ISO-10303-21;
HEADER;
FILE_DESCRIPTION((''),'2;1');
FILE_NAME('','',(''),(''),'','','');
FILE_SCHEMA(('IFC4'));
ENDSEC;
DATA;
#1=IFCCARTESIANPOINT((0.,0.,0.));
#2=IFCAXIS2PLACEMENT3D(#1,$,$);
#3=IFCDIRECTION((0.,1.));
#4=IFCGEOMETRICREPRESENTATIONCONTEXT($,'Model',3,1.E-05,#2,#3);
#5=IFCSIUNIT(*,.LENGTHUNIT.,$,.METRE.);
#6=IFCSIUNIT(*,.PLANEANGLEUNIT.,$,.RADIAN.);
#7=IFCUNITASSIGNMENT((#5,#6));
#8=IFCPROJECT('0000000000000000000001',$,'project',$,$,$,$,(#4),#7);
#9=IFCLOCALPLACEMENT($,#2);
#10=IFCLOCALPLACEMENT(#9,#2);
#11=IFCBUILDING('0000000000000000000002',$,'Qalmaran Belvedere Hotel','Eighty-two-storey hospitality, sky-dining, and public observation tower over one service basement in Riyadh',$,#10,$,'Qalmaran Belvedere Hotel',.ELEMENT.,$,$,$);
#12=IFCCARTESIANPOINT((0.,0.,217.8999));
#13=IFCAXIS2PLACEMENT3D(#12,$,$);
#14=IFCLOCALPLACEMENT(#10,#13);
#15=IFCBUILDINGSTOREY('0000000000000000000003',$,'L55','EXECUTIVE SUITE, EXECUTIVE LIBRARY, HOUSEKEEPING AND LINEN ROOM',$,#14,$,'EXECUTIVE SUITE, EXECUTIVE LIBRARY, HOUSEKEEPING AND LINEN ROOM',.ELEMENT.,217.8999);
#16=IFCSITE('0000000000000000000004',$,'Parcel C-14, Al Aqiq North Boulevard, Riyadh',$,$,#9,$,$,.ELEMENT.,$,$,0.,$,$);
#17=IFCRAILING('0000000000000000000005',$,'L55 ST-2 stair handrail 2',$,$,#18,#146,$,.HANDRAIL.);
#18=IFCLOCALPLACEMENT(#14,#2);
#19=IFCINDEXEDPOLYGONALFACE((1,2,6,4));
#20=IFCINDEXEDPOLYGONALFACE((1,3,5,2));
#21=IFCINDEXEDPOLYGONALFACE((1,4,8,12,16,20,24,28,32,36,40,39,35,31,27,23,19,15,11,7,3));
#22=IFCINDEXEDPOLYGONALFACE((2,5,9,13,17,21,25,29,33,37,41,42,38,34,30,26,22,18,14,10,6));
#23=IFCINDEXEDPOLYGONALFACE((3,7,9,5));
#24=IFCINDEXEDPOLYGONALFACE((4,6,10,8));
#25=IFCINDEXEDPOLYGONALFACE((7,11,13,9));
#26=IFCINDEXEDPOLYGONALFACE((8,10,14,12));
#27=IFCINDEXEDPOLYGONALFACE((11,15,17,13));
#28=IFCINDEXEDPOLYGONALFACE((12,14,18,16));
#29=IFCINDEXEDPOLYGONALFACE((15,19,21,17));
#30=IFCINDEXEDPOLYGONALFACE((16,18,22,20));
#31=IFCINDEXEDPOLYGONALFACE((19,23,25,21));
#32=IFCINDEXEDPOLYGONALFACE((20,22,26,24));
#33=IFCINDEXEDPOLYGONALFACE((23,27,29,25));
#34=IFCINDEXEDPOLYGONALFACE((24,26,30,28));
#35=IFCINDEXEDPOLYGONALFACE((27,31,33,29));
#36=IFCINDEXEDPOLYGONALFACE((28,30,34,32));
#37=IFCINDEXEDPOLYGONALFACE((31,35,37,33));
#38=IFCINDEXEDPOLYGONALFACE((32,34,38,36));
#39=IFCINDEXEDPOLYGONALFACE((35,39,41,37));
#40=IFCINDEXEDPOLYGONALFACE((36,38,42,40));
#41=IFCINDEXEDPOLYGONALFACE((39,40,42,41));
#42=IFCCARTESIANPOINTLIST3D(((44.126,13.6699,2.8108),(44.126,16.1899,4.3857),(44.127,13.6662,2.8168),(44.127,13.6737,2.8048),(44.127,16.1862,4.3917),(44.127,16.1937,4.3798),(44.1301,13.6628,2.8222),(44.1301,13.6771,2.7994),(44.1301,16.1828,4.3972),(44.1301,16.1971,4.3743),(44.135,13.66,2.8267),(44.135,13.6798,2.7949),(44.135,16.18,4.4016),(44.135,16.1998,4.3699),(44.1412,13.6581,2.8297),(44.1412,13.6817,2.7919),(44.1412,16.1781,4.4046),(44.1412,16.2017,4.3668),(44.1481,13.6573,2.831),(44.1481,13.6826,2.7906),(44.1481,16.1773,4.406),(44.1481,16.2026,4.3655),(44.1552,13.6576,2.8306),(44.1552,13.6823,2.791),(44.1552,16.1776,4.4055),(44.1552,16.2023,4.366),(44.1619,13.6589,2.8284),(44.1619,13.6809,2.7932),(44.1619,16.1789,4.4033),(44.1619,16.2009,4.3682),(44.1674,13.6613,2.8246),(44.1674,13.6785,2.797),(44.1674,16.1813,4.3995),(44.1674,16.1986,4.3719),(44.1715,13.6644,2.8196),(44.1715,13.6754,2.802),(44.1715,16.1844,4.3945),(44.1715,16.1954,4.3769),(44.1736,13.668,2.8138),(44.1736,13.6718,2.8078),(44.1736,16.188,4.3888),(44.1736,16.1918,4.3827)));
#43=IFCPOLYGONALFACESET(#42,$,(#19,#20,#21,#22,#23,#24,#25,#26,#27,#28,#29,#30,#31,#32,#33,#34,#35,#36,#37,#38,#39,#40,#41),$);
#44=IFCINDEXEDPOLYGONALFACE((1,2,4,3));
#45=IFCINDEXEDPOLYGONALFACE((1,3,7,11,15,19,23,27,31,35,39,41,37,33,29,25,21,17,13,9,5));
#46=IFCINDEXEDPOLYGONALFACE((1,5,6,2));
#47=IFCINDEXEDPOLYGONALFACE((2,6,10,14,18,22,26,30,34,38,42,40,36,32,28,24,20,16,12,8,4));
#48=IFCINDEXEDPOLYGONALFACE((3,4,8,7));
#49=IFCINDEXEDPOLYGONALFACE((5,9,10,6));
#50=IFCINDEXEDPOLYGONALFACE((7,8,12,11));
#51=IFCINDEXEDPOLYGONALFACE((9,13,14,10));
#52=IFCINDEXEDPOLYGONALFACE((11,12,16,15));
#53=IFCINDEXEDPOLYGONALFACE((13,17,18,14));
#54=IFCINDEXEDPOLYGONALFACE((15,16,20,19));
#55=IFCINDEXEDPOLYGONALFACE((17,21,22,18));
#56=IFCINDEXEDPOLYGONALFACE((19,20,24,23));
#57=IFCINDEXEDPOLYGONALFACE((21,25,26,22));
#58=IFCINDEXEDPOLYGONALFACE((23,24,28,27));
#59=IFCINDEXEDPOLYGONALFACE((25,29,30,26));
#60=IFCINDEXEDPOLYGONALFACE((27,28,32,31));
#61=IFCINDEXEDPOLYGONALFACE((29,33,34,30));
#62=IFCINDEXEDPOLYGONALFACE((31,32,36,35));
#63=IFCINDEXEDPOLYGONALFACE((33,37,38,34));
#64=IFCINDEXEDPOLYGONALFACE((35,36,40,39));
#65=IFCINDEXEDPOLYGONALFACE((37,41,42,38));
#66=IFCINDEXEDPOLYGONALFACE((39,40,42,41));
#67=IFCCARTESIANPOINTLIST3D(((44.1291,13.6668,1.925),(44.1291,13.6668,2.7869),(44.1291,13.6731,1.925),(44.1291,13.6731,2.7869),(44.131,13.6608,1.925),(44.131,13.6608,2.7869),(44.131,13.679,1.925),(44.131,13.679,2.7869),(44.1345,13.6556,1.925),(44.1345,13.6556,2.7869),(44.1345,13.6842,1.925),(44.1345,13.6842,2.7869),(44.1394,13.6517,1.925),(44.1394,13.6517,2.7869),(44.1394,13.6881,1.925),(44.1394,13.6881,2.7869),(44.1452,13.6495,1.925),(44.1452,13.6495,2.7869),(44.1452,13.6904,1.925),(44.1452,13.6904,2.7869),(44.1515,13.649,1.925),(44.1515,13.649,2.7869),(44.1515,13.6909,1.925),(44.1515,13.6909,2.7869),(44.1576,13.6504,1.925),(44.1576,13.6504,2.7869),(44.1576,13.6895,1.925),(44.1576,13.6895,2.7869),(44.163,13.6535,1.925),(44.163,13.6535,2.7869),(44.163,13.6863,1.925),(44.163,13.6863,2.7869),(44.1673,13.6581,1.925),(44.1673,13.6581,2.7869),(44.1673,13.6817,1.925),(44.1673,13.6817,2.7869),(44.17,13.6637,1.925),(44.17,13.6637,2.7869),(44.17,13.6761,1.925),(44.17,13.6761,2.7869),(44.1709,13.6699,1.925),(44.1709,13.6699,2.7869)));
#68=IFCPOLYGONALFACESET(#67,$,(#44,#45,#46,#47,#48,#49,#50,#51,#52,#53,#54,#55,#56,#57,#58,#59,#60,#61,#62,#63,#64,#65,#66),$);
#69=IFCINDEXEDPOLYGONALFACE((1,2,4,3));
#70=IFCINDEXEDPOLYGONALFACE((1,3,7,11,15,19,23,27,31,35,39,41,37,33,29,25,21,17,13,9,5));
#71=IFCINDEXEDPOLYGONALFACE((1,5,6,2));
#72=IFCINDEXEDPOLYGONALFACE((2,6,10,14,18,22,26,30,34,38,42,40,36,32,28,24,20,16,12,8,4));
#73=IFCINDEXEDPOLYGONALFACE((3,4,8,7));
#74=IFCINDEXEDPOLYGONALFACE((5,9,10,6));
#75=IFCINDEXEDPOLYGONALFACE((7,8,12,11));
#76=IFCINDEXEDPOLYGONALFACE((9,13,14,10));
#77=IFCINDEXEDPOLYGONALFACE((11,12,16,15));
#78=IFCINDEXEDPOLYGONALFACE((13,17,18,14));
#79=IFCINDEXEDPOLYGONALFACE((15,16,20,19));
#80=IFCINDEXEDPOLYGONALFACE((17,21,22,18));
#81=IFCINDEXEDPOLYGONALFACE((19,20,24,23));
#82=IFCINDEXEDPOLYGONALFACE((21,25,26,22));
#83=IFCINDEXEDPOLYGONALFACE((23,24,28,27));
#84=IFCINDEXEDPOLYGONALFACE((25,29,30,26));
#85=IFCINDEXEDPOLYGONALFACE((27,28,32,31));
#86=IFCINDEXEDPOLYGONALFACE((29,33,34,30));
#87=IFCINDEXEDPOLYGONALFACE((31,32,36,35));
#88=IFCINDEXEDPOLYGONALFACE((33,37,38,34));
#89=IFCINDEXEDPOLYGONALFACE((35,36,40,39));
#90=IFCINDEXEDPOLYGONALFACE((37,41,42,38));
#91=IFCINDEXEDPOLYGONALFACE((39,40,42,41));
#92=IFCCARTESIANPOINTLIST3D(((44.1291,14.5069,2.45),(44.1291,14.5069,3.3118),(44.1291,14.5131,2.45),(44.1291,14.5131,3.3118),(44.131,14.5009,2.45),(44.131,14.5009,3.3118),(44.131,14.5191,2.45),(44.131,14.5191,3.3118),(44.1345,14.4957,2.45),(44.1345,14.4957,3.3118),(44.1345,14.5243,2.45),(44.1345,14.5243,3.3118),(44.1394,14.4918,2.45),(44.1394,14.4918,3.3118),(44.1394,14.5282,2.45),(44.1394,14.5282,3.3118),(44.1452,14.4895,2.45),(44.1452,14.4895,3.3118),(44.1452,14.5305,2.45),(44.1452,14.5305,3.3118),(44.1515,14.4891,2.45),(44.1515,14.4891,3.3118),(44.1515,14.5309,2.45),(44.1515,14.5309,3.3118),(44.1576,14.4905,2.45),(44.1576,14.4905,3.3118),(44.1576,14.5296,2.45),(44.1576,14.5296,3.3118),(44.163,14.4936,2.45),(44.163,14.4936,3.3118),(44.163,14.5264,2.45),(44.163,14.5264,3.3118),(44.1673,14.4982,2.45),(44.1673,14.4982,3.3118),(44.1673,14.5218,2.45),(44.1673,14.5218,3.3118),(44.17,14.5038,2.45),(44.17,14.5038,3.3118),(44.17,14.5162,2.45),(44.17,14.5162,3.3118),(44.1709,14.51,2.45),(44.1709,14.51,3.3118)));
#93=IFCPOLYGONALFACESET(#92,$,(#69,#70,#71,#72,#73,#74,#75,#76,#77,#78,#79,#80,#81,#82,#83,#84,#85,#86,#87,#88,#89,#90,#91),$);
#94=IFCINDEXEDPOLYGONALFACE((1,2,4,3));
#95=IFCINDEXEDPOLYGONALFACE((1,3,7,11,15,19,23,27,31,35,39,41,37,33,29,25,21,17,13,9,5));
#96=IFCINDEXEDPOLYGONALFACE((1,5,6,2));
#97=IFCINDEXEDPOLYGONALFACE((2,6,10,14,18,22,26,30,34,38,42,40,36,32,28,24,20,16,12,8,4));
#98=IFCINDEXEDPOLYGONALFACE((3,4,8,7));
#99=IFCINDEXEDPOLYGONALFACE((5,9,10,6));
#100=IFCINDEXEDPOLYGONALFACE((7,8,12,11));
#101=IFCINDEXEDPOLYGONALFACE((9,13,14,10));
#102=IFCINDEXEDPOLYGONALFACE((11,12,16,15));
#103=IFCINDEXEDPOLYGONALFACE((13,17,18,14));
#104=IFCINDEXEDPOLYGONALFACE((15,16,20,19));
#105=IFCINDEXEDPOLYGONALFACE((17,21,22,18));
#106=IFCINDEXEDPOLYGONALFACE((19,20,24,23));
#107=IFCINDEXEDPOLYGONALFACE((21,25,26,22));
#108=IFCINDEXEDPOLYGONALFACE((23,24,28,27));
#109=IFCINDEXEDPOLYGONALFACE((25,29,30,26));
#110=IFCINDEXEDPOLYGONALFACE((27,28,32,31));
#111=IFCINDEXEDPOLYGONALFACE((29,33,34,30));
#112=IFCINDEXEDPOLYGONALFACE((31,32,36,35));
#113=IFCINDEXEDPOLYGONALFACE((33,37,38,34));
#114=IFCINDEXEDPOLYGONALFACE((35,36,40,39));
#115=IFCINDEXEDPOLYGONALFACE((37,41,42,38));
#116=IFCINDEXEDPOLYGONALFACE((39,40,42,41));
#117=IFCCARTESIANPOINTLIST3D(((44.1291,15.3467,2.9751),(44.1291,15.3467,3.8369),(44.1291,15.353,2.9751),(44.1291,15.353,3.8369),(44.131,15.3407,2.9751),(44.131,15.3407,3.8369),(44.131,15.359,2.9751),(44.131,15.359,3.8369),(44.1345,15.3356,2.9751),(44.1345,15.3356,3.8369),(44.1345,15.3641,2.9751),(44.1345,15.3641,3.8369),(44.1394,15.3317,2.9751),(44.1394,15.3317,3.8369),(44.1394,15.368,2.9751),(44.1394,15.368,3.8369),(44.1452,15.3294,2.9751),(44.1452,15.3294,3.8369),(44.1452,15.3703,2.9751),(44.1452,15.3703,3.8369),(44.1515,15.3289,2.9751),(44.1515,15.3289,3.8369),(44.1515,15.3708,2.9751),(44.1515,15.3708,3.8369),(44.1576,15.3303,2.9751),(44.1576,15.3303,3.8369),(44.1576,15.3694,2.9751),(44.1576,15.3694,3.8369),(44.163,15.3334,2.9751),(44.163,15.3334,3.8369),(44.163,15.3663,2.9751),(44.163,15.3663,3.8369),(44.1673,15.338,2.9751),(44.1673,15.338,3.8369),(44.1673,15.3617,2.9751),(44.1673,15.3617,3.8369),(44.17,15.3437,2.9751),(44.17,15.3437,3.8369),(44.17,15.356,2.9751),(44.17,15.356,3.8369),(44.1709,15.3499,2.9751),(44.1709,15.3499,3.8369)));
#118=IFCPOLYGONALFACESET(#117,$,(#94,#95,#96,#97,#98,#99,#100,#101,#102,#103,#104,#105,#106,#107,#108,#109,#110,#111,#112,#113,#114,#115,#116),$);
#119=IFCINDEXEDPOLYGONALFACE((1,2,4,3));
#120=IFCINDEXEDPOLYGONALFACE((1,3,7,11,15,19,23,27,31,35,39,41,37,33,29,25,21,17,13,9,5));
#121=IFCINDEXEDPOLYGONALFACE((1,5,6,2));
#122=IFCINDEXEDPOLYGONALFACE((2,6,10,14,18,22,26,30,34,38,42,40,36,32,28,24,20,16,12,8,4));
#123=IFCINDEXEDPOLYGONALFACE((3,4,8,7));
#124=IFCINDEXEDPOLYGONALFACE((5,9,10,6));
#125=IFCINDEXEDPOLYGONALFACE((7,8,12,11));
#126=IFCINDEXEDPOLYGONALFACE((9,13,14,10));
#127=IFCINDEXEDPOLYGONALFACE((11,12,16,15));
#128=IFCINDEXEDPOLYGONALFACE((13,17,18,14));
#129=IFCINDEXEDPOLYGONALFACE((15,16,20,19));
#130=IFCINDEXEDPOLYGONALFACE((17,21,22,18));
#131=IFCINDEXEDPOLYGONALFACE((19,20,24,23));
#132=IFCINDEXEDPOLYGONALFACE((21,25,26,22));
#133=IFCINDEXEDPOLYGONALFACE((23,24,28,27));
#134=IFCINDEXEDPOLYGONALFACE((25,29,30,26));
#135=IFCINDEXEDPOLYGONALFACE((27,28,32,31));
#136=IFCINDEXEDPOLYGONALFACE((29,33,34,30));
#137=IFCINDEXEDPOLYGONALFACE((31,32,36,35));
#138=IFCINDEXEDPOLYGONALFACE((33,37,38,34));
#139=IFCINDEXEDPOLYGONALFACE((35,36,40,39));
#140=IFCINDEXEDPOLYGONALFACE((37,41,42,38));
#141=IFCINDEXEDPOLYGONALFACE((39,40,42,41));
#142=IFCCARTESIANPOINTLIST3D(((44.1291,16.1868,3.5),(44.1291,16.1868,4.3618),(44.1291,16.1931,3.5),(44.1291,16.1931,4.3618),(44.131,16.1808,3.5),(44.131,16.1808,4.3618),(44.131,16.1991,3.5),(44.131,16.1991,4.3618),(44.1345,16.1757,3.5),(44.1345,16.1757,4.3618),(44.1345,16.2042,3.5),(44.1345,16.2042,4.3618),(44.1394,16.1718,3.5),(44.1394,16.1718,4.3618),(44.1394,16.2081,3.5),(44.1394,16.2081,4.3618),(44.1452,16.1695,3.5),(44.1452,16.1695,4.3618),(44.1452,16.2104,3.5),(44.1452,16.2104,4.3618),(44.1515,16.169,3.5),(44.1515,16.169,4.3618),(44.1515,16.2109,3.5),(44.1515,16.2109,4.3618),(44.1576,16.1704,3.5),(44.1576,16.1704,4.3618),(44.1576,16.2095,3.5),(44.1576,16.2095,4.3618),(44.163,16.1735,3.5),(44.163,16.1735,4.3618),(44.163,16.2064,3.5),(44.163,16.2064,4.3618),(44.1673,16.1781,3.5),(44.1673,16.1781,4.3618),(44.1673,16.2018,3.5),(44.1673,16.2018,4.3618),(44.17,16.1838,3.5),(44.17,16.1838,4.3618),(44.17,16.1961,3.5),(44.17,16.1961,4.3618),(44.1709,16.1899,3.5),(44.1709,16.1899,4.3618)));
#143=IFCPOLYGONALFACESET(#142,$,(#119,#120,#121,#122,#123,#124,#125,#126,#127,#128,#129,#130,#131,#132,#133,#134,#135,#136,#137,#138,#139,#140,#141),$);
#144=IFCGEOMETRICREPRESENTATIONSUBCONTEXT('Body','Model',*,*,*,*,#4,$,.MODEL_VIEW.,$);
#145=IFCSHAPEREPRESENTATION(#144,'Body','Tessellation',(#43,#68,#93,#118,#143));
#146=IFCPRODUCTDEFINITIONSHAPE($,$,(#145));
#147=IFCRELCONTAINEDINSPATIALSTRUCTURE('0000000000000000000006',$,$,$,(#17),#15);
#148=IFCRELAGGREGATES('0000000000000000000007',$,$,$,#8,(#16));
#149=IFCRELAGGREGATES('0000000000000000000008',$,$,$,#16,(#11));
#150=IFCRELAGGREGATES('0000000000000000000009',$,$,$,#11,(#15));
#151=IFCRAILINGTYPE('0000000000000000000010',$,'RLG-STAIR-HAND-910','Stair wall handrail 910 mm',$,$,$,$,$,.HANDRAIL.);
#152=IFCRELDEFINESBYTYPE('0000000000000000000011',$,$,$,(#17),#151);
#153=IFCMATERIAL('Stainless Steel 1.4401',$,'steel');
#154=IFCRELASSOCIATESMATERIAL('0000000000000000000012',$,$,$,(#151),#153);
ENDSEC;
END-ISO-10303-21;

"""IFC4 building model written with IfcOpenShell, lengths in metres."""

from ifc_helpers import new_model, si_unit, direction, frame, origin, origin_2d, place, context, subcontext, project, spatial, circle, extrude, material, type_object, element, save


model = new_model("IFC4")

# Units and contexts
model_context = context("Model", 3, precision=1e-05, world=origin(), true_north=direction((0.0, 1.0)))
body_context = subcontext(model_context, "Body", "Model", "MODEL_VIEW")
ifc_project = project(units=[si_unit("LENGTHUNIT", "METRE"), si_unit("PLANEANGLEUNIT", "RADIAN")], contexts=[model_context])

# Site, building, storey
site_placement = place(None, origin())
site = spatial("IfcSite", under=ifc_project, at=site_placement, Name="Parcel C-14, Al Aqiq North Boulevard, Riyadh", CompositionType="ELEMENT", RefElevation=0.0)
building_placement = place(site_placement, origin())
building = spatial("IfcBuilding", under=site, at=building_placement, Name="Qalmaran Belvedere Hotel", Description="Eighty-two-storey hospitality, sky-dining, and public observation tower over one service basement in Riyadh", LongName="Qalmaran Belvedere Hotel", CompositionType="ELEMENT")
storey_placement = place(building_placement, frame((0.0, 0.0, 217.8999)))
storey = spatial("IfcBuildingStorey", under=building, at=storey_placement, Name="L55", Description="EXECUTIVE SUITE, EXECUTIVE LIBRARY, HOUSEKEEPING AND LINEN ROOM", LongName="EXECUTIVE SUITE, EXECUTIVE LIBRARY, HOUSEKEEPING AND LINEN ROOM", CompositionType="ELEMENT", Elevation=217.8999)

# Railing
ifc_material_1 = material(Name="Stainless Steel 1.4401", Category="steel")
railing_type_1 = type_object("IfcRailingType", Name="RLG-STAIR-HAND-910", Description="Stair wall handrail 910 mm", PredefinedType="HANDRAIL", material=ifc_material_1)
railing_1_placement = place(storey_placement, frame((44.1499, 13.6699, 1.925)))
element("IfcRailing", 1, at=railing_1_placement, inside=storey, type_object=railing_type_1, Name="L55 ST-2 stair handrail 2", PredefinedType="HANDRAIL", context=body_context, shape_type="SweptSolid", body=[
    extrude(circle(Radius=0.0239, at=origin_2d()), frame((0.0, 0.0, 0.8857), z_axis=(0.0, 0.848008, 0.529984), x_axis=(-1.0, 0.0, 0.0)), (0.0, 0.0, 1.0), 2.9717),
    extrude(circle(Radius=0.021, at=origin_2d()), origin(), (0.0, 0.0, 1.0), 0.8618),
    extrude(circle(Radius=0.021, at=origin_2d()), frame((0.0, 0.8401, 0.5249)), (0.0, 0.0, 1.0), 0.8618),
    extrude(circle(Radius=0.021, at=origin_2d()), frame((0.0, 1.6799, 1.05)), (0.0, 0.0, 1.0), 0.8618),
    extrude(circle(Radius=0.021, at=origin_2d()), frame((0.0, 2.52, 1.575)), (0.0, 0.0, 1.0), 0.8618),
])

save(model, "model.ifc")
